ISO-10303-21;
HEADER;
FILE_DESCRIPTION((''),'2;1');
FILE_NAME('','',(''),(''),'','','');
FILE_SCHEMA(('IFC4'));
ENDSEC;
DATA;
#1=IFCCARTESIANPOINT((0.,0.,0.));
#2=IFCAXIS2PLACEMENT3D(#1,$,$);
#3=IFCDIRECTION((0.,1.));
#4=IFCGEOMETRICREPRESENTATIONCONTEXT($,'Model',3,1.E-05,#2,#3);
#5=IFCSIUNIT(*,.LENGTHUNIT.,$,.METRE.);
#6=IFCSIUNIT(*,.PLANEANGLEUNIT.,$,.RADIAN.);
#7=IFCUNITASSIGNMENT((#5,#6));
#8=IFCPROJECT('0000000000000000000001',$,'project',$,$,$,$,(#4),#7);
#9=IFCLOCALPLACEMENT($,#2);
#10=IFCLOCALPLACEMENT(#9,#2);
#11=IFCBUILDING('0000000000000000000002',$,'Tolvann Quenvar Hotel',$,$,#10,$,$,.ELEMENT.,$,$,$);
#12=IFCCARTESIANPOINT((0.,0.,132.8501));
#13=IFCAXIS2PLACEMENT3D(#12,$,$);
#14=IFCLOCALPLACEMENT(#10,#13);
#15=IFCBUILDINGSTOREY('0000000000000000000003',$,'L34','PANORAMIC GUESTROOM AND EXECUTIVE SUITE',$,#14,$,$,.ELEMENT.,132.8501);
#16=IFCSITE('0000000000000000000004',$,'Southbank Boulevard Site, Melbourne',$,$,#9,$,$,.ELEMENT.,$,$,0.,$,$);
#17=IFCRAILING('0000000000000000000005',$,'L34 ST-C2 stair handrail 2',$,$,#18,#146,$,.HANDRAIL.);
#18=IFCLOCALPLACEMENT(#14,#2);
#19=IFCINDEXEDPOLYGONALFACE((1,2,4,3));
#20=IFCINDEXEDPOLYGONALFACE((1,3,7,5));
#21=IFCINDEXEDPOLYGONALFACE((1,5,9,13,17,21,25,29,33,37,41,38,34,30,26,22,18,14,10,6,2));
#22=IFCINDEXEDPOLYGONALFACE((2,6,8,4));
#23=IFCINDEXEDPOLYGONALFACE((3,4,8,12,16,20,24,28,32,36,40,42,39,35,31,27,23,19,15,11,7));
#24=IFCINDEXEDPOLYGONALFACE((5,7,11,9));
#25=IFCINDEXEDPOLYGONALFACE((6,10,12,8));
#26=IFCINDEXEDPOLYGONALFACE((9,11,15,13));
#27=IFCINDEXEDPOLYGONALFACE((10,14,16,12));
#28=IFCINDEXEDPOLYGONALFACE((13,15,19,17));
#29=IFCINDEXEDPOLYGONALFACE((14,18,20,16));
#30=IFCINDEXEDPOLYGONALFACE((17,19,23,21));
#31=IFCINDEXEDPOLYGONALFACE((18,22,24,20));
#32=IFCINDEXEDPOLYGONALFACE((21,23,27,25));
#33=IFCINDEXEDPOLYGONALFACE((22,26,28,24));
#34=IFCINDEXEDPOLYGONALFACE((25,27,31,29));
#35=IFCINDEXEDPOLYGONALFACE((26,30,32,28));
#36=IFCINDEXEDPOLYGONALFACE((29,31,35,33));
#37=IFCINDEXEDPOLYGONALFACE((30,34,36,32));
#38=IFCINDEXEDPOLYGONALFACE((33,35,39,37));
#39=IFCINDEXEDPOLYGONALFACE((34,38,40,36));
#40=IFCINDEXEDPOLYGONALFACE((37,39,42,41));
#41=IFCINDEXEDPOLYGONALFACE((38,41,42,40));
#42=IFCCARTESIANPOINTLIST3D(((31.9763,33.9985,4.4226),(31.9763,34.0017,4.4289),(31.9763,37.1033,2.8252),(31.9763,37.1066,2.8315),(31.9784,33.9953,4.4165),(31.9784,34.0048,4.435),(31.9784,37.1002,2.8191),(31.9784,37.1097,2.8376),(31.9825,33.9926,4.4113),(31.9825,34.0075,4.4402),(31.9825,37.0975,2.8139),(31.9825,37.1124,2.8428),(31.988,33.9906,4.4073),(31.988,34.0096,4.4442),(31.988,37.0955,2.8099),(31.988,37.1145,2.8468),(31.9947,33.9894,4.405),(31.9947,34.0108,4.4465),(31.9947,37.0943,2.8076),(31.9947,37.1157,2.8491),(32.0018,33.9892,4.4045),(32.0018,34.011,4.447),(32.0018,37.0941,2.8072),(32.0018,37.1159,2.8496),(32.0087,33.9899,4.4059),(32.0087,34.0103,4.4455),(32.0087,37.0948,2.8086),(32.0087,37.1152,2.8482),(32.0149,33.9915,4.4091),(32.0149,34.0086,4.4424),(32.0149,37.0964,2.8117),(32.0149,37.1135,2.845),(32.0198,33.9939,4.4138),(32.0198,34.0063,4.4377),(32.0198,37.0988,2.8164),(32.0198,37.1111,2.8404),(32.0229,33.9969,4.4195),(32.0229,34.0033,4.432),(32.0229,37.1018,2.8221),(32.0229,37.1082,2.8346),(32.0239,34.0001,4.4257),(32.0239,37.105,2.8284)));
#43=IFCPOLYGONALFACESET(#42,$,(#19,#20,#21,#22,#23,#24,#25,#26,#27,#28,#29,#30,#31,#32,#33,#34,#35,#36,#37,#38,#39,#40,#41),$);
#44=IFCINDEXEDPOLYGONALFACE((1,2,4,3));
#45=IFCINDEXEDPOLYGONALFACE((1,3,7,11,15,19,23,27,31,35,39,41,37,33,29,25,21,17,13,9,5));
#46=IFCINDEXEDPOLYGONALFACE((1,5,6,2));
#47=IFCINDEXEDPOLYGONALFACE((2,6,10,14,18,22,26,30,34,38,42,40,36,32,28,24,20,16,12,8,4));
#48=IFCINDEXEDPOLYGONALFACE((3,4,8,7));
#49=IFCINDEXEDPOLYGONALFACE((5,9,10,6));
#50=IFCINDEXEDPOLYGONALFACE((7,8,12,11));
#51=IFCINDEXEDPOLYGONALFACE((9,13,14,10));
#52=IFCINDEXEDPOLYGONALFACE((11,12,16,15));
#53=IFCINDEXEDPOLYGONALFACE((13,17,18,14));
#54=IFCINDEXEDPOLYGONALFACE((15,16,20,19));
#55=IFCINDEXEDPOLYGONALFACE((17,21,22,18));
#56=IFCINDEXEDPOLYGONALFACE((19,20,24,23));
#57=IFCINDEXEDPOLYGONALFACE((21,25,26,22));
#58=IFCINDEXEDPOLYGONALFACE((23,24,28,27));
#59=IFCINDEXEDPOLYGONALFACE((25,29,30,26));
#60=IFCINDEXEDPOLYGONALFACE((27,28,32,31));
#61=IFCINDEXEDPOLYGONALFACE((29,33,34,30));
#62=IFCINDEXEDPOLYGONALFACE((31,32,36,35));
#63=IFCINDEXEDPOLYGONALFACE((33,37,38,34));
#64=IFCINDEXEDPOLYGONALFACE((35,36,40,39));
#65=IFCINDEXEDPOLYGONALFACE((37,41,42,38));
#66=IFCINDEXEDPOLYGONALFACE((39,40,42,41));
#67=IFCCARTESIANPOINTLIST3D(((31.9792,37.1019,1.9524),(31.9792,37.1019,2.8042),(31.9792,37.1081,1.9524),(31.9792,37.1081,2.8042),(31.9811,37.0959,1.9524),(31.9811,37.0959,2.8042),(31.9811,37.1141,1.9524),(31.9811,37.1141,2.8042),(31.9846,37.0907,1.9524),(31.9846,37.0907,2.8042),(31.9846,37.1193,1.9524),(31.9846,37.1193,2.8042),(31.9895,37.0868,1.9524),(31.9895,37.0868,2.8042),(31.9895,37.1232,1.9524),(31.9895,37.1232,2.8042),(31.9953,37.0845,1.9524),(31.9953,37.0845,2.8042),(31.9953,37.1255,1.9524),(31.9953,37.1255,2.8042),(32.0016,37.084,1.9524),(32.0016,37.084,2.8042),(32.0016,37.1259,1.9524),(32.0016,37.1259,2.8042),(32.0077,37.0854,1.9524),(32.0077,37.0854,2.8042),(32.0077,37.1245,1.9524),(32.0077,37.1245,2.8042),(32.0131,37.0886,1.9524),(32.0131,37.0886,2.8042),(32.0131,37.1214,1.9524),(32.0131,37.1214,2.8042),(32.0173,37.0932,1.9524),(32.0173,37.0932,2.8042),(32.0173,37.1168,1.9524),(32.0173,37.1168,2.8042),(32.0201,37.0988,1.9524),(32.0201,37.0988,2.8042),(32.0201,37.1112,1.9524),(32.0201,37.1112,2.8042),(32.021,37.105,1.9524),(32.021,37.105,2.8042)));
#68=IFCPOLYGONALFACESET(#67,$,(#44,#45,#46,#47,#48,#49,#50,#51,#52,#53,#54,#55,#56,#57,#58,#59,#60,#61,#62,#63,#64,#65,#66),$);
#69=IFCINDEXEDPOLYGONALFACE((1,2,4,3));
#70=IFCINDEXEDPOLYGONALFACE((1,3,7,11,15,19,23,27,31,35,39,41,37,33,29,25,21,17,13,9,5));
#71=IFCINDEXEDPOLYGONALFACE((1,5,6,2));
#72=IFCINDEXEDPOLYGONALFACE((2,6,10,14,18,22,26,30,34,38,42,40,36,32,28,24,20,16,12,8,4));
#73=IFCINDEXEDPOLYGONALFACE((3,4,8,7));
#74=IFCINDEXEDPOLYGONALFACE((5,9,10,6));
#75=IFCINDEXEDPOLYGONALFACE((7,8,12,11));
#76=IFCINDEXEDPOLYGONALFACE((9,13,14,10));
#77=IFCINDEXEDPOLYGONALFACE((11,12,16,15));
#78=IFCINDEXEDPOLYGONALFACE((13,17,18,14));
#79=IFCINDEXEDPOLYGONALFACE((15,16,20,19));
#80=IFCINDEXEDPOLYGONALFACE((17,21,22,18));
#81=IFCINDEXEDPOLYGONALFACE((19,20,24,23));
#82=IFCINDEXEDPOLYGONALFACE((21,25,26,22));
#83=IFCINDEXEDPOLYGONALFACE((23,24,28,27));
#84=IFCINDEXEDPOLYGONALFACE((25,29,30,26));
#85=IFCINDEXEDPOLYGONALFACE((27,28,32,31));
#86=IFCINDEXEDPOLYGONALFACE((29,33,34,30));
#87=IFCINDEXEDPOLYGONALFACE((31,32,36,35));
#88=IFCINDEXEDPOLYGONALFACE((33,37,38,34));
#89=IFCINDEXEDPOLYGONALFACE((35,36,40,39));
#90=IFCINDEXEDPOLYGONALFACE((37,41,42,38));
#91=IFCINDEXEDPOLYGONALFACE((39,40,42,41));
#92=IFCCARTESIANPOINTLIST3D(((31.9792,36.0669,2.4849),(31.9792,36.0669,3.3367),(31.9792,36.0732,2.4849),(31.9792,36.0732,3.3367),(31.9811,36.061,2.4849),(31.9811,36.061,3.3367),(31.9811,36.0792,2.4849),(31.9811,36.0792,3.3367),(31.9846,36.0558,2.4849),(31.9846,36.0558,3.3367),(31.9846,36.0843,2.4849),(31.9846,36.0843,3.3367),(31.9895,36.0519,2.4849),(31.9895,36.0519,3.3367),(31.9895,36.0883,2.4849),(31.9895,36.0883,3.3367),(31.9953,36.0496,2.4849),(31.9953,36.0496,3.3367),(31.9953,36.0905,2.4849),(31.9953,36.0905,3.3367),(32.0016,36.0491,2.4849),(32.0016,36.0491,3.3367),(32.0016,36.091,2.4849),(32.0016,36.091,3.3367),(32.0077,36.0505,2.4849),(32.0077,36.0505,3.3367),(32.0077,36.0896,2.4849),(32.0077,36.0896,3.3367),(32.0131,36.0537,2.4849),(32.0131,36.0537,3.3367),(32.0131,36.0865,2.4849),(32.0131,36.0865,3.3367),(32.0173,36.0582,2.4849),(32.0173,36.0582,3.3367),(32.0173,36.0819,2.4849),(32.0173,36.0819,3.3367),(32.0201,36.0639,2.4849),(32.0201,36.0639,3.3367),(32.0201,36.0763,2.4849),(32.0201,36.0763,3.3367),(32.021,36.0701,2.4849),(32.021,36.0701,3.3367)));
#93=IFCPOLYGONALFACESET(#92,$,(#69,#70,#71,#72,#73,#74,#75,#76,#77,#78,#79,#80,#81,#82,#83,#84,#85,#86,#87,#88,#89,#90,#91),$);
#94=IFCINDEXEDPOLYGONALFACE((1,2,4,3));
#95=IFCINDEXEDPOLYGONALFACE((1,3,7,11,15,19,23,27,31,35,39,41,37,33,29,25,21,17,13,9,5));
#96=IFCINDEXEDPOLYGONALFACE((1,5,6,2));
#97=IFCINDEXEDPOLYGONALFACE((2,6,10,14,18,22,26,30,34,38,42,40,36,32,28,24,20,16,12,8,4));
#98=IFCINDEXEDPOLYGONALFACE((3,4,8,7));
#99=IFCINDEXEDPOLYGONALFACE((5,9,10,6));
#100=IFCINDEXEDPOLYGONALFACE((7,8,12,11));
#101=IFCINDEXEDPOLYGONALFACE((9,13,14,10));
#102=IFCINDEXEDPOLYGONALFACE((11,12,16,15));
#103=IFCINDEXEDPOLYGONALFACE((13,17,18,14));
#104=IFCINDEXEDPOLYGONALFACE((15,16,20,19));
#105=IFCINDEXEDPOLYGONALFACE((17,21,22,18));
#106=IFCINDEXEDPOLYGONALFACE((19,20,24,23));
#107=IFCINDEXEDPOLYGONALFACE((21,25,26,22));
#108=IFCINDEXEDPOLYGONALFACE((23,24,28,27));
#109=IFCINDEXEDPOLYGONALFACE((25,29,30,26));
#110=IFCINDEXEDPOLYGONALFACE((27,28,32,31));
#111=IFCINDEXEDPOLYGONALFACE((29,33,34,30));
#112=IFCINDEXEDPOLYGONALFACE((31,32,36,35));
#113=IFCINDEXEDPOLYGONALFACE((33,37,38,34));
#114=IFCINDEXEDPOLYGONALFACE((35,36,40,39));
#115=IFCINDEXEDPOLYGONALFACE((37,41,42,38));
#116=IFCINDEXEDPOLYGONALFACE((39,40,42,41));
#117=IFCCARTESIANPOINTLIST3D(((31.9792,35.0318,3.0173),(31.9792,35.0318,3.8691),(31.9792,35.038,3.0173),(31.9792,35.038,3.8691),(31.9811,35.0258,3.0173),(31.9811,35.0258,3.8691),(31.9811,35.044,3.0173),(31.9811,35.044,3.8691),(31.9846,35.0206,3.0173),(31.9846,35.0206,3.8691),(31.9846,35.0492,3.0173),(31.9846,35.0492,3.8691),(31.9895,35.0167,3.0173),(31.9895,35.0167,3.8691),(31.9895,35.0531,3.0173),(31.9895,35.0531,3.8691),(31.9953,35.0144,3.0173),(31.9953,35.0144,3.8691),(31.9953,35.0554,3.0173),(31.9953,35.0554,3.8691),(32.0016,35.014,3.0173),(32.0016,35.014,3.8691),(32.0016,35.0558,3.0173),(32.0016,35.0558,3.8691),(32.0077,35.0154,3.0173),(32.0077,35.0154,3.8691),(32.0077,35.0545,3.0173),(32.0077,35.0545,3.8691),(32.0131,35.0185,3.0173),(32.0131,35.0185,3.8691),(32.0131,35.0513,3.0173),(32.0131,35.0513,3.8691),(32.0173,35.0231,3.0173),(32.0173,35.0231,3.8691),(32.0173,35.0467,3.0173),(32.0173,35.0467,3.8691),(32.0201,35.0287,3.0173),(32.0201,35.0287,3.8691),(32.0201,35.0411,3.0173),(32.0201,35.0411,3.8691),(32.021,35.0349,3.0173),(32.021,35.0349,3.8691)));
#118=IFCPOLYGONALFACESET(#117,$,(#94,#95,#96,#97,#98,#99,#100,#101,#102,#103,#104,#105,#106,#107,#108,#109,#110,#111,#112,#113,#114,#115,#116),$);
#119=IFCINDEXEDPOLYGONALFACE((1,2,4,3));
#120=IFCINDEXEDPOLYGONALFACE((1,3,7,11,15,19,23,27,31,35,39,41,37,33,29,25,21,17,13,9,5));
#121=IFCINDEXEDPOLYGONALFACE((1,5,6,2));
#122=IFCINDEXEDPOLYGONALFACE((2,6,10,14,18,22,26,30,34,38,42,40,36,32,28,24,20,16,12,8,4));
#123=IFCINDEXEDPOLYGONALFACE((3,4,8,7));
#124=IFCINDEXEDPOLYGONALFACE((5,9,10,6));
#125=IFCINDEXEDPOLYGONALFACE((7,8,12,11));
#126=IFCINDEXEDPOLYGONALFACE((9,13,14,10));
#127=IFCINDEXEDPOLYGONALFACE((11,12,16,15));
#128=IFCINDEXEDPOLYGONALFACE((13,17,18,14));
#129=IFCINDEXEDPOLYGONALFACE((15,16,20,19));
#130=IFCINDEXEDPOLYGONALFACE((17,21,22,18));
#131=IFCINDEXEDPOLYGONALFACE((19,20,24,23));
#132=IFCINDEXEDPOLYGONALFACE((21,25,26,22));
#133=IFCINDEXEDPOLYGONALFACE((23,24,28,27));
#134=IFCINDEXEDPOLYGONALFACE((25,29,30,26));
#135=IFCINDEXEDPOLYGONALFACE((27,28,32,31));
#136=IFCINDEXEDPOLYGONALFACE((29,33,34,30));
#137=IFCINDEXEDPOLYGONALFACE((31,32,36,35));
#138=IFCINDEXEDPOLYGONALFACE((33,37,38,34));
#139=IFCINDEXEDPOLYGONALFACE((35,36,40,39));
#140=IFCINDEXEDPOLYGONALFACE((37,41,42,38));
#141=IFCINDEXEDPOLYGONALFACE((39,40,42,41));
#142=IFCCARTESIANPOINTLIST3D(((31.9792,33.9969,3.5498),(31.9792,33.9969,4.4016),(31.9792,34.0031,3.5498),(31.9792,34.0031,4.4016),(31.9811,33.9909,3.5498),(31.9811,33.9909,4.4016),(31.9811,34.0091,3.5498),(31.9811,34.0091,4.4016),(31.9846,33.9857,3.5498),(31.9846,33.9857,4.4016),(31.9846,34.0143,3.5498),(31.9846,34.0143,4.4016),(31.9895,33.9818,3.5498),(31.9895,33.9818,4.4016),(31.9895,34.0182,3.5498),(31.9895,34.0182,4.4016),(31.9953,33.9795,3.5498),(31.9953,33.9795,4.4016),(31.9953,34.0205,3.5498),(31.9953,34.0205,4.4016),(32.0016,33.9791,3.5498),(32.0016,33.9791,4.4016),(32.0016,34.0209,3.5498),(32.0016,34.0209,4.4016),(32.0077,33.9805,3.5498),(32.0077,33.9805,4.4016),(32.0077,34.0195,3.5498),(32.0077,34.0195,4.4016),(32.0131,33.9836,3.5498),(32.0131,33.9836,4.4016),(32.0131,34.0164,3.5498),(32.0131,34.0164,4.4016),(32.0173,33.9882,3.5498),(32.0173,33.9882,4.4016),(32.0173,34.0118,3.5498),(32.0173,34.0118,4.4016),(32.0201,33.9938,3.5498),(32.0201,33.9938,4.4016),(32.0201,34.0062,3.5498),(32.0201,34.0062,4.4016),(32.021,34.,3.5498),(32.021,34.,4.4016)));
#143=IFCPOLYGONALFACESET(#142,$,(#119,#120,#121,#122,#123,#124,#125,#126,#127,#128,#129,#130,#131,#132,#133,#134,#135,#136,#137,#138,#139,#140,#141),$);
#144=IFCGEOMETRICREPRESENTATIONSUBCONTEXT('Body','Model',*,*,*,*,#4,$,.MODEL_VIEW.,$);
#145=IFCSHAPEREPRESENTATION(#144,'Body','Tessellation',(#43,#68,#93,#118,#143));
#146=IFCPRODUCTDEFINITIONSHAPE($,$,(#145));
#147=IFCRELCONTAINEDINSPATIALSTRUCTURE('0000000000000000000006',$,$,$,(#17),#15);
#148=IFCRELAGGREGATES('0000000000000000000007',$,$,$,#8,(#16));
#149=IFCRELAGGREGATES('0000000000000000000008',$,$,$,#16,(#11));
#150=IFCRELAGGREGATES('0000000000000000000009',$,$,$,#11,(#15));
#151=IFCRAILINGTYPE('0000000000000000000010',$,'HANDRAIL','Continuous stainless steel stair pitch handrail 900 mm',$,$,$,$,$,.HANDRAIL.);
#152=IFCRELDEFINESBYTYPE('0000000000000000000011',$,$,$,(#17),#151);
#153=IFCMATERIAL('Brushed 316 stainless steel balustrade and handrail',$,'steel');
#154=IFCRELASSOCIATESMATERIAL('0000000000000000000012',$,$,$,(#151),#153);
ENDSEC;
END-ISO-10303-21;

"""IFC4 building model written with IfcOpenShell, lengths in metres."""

from ifc_helpers import new_model, si_unit, direction, frame, origin, origin_2d, place, context, subcontext, project, spatial, circle, extrude, material, type_object, element, save


model = new_model("IFC4")

# Units and contexts
model_context = context("Model", 3, precision=1e-05, world=origin(), true_north=direction((0.0, 1.0)))
body_context = subcontext(model_context, "Body", "Model", "MODEL_VIEW")
ifc_project = project(units=[si_unit("LENGTHUNIT", "METRE"), si_unit("PLANEANGLEUNIT", "RADIAN")], contexts=[model_context])

# Site, building, storey
site_placement = place(None, origin())
site = spatial("IfcSite", under=ifc_project, at=site_placement, Name="Southbank Boulevard Site, Melbourne", CompositionType="ELEMENT", RefElevation=0.0)
building_placement = place(site_placement, origin())
building = spatial("IfcBuilding", under=site, at=building_placement, Name="Tolvann Quenvar Hotel", CompositionType="ELEMENT")
storey_placement = place(building_placement, frame((0.0, 0.0, 132.8501)))
storey = spatial("IfcBuildingStorey", under=building, at=storey_placement, Name="L34", Description="PANORAMIC GUESTROOM AND EXECUTIVE SUITE", CompositionType="ELEMENT", Elevation=132.8501)

# Railing
ifc_material_1 = material(Name="Brushed 316 stainless steel balustrade and handrail", Category="steel")
railing_type_1 = type_object("IfcRailingType", Name="HANDRAIL", Description="Continuous stainless steel stair pitch handrail 900 mm", PredefinedType="HANDRAIL", material=ifc_material_1)
railing_1_placement = place(storey_placement, frame((32.0, 37.105, 1.9524)))
element("IfcRailing", 1, at=railing_1_placement, inside=storey, type_object=railing_type_1, Name="L34 ST-C2 stair handrail 2", PredefinedType="HANDRAIL", context=body_context, shape_type="SweptSolid", body=[
    extrude(circle(Radius=0.0239, at=origin_2d()), frame((0.0, 0.0, 0.876), z_axis=(0.0, -0.889222, 0.457476), x_axis=(1.0, 0.0, 0.0)), (0.0, 0.0, 1.0), 3.4917),
    extrude(circle(Radius=0.021, at=origin_2d()), origin(), (0.0, 0.0, 1.0), 0.8518),
    extrude(circle(Radius=0.021, at=origin_2d()), frame((0.0, -1.0349, 0.5325)), (0.0, 0.0, 1.0), 0.8518),
    extrude(circle(Radius=0.021, at=origin_2d()), frame((0.0, -2.0701, 1.0649)), (0.0, 0.0, 1.0), 0.8518),
    extrude(circle(Radius=0.021, at=origin_2d()), frame((0.0, -3.105, 1.5974)), (0.0, 0.0, 1.0), 0.8518),
])

save(model, "model.ifc")
